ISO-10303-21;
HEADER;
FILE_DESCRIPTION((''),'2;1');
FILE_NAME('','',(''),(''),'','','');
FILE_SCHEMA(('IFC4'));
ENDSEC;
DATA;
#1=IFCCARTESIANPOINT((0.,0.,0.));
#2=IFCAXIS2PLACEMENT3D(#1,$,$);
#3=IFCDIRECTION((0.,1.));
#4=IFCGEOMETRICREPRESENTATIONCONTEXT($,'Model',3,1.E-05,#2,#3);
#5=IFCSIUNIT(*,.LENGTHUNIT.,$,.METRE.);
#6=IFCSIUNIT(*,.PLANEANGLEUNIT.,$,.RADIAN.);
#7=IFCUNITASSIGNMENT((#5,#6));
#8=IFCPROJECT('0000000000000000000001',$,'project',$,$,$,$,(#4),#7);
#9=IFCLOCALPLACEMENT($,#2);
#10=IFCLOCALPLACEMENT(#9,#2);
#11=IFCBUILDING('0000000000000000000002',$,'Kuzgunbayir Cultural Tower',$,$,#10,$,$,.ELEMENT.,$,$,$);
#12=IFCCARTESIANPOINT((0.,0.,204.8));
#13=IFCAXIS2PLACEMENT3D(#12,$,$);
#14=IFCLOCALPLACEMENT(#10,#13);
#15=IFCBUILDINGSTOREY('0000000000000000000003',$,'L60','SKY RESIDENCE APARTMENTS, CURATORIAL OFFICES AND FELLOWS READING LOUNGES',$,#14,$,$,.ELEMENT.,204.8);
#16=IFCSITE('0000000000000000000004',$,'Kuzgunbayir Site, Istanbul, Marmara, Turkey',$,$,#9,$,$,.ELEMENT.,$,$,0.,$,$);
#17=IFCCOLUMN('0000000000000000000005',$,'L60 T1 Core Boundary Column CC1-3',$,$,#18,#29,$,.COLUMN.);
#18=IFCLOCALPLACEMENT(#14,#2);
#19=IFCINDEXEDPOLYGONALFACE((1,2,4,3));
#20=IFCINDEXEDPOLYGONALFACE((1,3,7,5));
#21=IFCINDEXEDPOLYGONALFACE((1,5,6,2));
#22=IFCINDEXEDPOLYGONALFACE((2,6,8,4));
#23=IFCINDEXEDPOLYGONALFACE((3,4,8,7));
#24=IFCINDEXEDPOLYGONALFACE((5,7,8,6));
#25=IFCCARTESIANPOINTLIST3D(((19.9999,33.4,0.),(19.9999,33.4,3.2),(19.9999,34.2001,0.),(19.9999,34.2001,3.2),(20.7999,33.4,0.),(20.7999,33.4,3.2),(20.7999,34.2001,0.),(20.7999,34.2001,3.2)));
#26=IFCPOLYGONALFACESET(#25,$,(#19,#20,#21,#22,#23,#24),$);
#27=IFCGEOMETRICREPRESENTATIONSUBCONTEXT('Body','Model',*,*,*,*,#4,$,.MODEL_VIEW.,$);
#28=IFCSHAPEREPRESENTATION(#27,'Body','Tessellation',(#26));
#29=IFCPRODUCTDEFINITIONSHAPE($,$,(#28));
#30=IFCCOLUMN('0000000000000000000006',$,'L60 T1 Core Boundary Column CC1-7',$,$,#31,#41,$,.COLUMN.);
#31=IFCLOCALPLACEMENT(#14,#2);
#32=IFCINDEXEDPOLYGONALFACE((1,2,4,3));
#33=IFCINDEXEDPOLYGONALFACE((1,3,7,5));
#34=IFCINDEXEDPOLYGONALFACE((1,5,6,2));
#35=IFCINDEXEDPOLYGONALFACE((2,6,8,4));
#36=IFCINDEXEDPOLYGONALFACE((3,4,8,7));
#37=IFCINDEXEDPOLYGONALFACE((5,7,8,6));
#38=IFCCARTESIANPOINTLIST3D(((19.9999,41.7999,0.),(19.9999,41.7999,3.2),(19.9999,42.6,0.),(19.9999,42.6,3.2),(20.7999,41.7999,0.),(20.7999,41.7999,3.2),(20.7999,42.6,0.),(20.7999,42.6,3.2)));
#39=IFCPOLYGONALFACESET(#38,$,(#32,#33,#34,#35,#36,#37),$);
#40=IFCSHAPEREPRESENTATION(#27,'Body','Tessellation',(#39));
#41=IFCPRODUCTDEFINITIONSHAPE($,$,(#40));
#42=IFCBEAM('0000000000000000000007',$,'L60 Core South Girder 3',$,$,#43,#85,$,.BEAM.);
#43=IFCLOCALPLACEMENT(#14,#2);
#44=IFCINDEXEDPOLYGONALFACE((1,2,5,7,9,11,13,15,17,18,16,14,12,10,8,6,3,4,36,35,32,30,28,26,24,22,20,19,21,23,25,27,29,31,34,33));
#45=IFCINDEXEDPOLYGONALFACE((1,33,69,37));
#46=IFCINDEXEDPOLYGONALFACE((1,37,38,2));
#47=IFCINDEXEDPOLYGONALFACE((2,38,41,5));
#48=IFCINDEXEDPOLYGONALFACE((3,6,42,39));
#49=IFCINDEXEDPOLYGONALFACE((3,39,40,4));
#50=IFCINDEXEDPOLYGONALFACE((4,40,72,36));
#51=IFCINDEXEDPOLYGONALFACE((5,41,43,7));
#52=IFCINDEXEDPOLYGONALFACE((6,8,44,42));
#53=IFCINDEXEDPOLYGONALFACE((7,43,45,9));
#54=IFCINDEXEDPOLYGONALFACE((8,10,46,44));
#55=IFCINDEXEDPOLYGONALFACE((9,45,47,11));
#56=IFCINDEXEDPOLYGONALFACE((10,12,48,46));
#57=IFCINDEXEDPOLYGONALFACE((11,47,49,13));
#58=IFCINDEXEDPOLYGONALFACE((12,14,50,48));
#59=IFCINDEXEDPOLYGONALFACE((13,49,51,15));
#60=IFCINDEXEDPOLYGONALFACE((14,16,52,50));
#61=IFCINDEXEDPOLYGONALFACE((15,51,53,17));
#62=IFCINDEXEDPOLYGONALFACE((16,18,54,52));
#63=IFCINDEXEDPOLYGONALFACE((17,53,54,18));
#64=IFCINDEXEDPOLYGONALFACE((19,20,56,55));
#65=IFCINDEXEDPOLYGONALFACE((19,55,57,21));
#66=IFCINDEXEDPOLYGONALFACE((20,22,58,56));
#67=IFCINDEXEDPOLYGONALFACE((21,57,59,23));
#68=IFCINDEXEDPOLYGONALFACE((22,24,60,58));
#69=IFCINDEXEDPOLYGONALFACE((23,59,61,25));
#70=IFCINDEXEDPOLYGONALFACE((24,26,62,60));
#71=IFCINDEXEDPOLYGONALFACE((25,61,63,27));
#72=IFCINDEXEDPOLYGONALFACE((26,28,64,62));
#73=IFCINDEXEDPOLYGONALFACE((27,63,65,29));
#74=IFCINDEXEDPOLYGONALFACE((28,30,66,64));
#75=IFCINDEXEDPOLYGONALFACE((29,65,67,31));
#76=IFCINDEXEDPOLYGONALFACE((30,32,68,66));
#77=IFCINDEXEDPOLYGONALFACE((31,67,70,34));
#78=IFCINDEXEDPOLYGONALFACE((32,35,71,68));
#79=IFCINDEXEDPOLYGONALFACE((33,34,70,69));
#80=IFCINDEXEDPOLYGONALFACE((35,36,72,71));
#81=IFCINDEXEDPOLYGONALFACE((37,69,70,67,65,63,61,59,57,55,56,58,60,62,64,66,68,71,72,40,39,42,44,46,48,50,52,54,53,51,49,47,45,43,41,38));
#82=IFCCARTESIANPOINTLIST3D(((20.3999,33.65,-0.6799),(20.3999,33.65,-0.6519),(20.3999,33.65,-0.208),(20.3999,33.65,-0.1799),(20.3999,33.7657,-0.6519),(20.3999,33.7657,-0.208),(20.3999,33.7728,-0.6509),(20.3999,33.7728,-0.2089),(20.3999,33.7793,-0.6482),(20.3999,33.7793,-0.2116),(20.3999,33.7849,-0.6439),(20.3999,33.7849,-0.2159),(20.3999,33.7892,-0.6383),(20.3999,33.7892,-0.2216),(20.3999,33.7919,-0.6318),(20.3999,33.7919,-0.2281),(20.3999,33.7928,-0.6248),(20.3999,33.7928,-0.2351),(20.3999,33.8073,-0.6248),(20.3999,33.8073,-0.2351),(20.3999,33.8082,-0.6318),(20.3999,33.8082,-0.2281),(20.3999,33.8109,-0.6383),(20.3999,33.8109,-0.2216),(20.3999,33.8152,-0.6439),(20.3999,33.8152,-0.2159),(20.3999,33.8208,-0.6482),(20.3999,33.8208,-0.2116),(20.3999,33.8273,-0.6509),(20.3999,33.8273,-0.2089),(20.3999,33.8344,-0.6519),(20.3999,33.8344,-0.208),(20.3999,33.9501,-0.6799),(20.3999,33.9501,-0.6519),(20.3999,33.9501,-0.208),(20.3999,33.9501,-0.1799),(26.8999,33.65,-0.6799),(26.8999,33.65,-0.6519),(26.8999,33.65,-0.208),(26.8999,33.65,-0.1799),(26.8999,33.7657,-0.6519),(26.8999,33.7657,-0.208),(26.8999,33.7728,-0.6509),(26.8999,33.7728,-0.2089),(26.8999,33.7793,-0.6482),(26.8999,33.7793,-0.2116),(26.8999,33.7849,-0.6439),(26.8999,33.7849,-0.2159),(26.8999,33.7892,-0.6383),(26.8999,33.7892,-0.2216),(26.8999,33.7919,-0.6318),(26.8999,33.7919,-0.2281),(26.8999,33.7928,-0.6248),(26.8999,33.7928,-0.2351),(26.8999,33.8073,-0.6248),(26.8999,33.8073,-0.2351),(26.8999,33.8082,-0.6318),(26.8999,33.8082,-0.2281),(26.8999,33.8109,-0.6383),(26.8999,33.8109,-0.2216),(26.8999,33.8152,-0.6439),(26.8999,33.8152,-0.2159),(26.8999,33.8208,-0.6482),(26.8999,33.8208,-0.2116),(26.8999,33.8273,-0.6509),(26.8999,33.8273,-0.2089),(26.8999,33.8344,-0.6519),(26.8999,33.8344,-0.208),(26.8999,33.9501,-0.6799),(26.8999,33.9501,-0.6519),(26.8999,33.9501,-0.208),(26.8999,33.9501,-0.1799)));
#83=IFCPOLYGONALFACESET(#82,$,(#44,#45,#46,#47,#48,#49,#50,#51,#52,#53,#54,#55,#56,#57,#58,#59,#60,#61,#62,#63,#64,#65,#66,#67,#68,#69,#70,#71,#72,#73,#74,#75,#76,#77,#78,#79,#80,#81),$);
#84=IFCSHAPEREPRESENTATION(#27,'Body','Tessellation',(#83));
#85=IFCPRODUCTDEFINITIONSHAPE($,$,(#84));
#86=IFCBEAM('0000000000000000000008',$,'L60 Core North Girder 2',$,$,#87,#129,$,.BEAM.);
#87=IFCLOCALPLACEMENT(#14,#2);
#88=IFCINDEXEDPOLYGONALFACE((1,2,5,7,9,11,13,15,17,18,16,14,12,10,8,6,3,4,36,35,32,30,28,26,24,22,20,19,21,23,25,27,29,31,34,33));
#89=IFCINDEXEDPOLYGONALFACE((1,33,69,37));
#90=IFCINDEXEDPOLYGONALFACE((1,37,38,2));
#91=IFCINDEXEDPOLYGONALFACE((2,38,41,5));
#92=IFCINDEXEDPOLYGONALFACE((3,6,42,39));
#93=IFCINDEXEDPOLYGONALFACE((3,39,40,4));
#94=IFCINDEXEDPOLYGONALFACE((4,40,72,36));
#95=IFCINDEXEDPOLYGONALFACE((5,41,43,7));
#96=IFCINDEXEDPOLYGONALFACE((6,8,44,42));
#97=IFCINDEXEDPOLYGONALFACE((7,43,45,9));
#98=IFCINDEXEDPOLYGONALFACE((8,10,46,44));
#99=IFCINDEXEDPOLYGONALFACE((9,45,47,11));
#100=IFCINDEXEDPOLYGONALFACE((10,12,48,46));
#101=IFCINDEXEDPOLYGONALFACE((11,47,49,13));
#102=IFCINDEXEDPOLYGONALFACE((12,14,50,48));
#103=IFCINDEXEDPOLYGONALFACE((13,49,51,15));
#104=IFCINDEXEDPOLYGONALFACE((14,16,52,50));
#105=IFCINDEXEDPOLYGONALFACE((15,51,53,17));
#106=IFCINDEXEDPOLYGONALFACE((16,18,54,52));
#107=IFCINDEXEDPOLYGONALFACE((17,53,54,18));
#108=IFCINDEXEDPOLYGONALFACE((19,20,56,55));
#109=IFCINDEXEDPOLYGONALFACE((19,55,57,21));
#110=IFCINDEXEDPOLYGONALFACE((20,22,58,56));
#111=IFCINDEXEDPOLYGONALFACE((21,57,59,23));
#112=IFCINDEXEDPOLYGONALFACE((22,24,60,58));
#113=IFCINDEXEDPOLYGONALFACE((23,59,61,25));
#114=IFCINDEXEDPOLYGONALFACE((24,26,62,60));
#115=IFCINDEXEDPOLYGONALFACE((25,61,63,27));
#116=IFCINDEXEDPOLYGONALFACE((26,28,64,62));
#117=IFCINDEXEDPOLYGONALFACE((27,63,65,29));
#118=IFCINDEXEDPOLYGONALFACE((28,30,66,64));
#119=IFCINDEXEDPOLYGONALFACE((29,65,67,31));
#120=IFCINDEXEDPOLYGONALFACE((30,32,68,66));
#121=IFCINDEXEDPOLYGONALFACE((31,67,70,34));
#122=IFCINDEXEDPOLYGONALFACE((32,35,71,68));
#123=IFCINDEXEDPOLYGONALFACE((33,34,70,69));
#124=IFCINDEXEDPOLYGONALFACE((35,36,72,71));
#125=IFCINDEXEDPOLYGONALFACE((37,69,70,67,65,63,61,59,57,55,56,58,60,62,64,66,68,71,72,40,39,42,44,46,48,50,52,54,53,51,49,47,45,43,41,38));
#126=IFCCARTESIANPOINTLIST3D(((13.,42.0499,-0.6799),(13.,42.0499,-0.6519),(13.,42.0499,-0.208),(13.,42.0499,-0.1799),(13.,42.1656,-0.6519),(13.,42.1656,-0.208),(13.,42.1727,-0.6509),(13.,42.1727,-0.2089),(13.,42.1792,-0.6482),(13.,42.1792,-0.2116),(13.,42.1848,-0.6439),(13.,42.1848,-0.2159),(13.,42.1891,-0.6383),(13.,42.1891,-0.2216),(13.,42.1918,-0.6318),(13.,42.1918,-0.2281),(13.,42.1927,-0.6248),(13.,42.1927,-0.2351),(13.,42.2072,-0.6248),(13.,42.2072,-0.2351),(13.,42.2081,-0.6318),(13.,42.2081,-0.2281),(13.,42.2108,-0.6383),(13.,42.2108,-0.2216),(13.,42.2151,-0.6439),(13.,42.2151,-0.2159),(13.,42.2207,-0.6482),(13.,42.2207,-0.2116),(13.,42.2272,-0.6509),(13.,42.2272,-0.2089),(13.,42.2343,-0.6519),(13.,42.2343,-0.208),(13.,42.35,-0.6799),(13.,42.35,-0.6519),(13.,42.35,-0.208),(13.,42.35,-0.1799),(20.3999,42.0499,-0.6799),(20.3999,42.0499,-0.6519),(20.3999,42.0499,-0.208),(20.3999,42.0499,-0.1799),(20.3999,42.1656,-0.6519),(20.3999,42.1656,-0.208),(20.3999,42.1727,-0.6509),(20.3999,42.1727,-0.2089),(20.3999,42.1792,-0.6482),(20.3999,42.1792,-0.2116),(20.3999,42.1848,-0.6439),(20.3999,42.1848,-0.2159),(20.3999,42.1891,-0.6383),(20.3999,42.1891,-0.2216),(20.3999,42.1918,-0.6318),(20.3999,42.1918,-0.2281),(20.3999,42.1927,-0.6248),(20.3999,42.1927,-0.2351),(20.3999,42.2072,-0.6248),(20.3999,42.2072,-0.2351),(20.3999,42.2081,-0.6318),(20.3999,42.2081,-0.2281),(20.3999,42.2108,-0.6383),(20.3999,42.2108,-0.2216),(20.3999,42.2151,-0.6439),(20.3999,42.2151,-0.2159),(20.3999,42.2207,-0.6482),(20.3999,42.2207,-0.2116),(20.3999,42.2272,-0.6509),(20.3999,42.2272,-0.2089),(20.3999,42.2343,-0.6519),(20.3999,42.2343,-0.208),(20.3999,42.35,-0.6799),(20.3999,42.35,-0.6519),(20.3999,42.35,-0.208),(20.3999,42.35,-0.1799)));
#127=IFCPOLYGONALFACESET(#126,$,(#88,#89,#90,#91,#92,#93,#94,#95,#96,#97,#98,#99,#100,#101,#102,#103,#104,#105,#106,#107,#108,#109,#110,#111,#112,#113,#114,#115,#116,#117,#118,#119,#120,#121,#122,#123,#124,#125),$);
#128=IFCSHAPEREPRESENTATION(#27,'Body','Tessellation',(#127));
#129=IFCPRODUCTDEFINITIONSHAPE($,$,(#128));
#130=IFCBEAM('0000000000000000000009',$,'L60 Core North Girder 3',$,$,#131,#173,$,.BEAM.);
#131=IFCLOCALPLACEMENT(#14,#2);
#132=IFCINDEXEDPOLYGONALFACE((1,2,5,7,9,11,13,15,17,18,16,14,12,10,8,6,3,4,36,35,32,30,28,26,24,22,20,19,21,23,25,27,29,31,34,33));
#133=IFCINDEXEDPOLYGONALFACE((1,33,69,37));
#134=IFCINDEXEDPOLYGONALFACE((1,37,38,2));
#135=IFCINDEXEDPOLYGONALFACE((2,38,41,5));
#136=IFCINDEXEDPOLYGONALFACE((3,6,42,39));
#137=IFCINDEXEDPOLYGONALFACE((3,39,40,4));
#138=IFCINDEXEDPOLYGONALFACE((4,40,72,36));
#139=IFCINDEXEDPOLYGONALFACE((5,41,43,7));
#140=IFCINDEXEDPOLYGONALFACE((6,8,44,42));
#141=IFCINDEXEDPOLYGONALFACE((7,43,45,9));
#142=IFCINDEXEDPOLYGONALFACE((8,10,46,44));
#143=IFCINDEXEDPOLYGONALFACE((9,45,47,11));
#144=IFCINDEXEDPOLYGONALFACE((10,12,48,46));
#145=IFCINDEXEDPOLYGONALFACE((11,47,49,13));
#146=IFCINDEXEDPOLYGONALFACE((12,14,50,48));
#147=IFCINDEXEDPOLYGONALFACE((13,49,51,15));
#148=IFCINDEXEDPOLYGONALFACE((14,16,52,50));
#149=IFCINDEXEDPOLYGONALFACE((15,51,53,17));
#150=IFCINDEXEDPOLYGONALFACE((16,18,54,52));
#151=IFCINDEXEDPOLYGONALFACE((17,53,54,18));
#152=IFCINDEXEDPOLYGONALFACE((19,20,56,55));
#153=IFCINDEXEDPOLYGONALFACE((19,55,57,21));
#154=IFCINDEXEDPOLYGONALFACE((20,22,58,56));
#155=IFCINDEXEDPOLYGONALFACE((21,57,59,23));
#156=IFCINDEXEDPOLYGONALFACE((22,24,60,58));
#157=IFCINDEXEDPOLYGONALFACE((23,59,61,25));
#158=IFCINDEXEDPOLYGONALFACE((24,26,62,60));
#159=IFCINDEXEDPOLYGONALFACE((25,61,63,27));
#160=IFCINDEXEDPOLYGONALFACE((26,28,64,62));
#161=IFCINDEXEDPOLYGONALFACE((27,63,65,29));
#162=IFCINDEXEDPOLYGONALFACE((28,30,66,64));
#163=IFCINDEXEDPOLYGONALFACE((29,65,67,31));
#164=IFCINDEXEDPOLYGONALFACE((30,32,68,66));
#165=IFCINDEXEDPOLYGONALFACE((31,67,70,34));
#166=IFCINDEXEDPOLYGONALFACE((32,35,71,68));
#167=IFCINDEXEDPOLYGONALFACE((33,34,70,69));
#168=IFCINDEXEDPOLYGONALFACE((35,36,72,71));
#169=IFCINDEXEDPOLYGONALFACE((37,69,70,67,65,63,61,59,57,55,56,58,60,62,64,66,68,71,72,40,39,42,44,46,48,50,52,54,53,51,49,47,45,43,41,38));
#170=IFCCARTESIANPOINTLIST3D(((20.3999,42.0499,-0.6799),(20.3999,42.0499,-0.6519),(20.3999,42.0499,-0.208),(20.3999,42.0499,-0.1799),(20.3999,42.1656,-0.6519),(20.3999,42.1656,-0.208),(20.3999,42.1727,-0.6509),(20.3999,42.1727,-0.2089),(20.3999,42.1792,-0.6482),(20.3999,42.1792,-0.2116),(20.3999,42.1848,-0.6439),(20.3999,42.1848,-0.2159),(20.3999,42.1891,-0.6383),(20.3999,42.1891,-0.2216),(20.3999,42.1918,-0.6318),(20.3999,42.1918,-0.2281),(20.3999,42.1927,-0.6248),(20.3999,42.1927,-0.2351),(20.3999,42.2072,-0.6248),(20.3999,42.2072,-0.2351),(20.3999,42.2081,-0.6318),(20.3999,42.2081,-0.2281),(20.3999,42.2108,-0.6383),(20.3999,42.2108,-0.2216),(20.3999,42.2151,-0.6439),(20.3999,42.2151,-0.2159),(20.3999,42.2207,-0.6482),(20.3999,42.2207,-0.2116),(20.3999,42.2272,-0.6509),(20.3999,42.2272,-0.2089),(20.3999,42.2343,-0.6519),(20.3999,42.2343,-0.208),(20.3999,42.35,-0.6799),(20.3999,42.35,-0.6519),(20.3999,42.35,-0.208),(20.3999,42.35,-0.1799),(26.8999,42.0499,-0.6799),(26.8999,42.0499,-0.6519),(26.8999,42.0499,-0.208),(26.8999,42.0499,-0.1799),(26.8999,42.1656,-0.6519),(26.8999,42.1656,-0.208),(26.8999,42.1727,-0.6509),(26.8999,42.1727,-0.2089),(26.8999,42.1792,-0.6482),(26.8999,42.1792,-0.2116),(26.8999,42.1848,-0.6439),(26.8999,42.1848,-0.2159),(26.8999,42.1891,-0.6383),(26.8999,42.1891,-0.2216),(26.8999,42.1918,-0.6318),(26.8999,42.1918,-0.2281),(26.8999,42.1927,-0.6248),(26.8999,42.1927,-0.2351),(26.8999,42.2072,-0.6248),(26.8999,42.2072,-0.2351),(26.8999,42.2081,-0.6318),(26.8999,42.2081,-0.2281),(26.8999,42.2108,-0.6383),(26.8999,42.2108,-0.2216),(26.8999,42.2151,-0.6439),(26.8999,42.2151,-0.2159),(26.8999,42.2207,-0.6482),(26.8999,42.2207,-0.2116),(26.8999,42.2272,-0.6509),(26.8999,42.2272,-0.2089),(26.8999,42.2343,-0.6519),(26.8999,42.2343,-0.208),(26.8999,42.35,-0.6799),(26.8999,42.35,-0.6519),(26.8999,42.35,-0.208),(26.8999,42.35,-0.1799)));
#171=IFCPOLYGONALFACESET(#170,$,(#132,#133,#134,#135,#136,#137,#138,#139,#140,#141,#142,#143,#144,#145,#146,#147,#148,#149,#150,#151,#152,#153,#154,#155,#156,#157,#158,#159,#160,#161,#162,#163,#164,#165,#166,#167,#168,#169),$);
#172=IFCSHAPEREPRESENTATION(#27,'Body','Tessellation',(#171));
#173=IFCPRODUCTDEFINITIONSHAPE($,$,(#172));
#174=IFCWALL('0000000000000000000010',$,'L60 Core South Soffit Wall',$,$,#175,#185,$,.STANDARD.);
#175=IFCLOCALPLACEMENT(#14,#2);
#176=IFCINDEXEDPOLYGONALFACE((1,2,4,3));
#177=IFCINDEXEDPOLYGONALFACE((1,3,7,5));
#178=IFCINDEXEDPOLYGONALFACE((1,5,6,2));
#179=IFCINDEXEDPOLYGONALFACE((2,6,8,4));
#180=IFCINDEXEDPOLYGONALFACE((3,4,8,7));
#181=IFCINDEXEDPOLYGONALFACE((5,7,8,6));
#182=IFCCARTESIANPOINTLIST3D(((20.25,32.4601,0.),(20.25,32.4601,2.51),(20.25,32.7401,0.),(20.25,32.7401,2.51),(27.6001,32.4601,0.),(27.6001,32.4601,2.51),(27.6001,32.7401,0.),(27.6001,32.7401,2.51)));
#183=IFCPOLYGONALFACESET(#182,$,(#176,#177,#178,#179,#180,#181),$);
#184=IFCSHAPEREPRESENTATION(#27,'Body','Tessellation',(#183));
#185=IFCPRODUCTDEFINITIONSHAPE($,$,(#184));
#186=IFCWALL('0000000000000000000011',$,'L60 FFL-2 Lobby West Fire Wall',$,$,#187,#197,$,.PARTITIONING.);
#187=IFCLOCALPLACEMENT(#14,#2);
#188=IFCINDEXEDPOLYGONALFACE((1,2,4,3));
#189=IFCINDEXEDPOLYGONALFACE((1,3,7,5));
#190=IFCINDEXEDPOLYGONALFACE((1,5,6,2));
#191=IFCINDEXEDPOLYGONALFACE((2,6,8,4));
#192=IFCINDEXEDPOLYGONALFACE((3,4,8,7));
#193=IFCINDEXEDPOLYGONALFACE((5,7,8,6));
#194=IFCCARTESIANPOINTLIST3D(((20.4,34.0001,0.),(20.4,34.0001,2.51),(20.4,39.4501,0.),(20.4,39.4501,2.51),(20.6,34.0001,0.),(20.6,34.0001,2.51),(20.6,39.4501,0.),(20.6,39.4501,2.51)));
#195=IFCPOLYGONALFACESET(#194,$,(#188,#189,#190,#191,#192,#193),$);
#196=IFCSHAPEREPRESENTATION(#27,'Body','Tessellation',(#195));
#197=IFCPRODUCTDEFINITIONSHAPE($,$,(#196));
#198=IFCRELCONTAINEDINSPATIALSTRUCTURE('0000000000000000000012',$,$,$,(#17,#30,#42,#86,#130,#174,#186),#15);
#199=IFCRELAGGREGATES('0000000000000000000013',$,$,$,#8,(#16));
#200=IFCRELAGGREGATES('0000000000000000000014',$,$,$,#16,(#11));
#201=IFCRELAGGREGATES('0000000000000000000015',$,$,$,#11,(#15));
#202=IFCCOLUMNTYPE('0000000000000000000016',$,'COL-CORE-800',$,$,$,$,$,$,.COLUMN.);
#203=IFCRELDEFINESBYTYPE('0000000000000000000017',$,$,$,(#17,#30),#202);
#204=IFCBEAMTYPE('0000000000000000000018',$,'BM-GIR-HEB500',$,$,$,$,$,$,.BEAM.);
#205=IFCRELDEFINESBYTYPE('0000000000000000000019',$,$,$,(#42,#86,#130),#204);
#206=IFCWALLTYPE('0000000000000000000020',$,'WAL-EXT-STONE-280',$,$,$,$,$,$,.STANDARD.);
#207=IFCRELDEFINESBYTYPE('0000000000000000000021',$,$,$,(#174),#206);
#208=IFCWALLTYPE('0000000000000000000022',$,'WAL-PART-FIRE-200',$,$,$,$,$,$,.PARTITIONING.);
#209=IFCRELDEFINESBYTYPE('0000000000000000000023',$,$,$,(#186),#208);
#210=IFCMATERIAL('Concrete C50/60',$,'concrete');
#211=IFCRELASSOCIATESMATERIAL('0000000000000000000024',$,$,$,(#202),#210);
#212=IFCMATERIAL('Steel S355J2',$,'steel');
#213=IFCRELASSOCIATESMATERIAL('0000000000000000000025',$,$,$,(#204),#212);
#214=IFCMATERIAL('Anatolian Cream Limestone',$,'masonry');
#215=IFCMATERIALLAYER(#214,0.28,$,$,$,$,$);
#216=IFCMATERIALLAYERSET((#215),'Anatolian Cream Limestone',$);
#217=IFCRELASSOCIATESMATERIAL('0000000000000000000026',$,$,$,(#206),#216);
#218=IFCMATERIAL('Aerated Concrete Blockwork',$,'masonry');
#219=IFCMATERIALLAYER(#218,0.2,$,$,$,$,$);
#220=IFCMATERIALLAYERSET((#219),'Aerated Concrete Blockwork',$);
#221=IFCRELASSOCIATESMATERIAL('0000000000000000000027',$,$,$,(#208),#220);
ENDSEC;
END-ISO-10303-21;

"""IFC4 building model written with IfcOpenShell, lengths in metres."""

from ifc_helpers import new_model, si_unit, direction, frame, frame_2d, origin, origin_2d, place, context, subcontext, project, spatial, rectangle, i_section, extrude, material, layer, layer_set, material_profile, profile_set, type_object, element, save


model = new_model("IFC4")

# Units and contexts
model_context = context("Model", 3, precision=1e-05, world=origin(), true_north=direction((0.0, 1.0)))
body_context = subcontext(model_context, "Body", "Model", "MODEL_VIEW")
ifc_project = project(units=[si_unit("LENGTHUNIT", "METRE"), si_unit("PLANEANGLEUNIT", "RADIAN")], contexts=[model_context])

# Site, building, storey
site_placement = place(None, origin())
site = spatial("IfcSite", under=ifc_project, at=site_placement, Name="Kuzgunbayir Site, Istanbul, Marmara, Turkey", CompositionType="ELEMENT", RefElevation=0.0)
building_placement = place(site_placement, origin())
building = spatial("IfcBuilding", under=site, at=building_placement, Name="Kuzgunbayir Cultural Tower", CompositionType="ELEMENT")
storey_placement = place(building_placement, frame((0.0, 0.0, 204.8)))
storey = spatial("IfcBuildingStorey", under=building, at=storey_placement, Name="L60", Description="SKY RESIDENCE APARTMENTS, CURATORIAL OFFICES AND FELLOWS READING LOUNGES", CompositionType="ELEMENT", Elevation=204.8)

# Columns
ifc_material_1 = material(Name="Concrete C50/60", Category="concrete")
ifc_material_profile_1 = material_profile(ifc_material_1, rectangle(XDim=0.8, YDim=0.8, at=origin_2d()), Name="RC 800x800")
ifc_profile_set_1 = profile_set([ifc_material_profile_1], Name="Concrete C50/60")
column_type = type_object("IfcColumnType", Name="COL-CORE-800", PredefinedType="COLUMN", material=ifc_profile_set_1)
for number, where, z_axis, x_axis, name in (
    (1, (20.3999, 33.8, 0.0), (0.0, 0.0, 1.0), (1.0, 0.0, 0.0), "L60 T1 Core Boundary Column CC1-3"),
    (2, (20.3999, 42.2, 0.0), (0.0, 0.0, 1.0), (1.0, 0.0, 0.0), "L60 T1 Core Boundary Column CC1-7"),
):
    element("IfcColumn", number, at=place(storey_placement, frame(where, z_axis=z_axis, x_axis=x_axis)), inside=storey, type_object=column_type, Name=name, PredefinedType="COLUMN", context=body_context, shape_type="SweptSolid", body=[
        extrude(rectangle(XDim=0.8, YDim=0.8, at=origin_2d()), origin(), (0.0, 0.0, 1.0), 3.2),
    ])

# Beams
ifc_material_2 = material(Name="Steel S355J2", Category="steel")
ifc_material_profile_2 = material_profile(ifc_material_2, i_section(OverallWidth=0.3, OverallDepth=0.5, WebThickness=0.0144, FlangeThickness=0.0281, FilletRadius=0.0271, at=origin_2d()), Name="HEB 500")
ifc_profile_set_2 = profile_set([ifc_material_profile_2], Name="Steel S355J2")
beam_type = type_object("IfcBeamType", Name="BM-GIR-HEB500", PredefinedType="BEAM", material=ifc_profile_set_2)
beam_1_placement = place(storey_placement, frame((20.3999, 33.8, -0.4299), z_axis=(1.0, 0.0, 0.0), x_axis=(0.0, 1.0, 0.0)))
element("IfcBeam", 3, at=beam_1_placement, inside=storey, type_object=beam_type, Name="L60 Core South Girder 3", PredefinedType="BEAM", context=body_context, shape_type="SweptSolid", body=[
    extrude(i_section(OverallWidth=0.3, OverallDepth=0.5, WebThickness=0.0144, FlangeThickness=0.0281, FilletRadius=0.0271, at=origin_2d()), origin(), (0.0, 0.0, 1.0), 6.5),
])
beam_2_placement = place(storey_placement, frame((13.0, 42.2, -0.4299), z_axis=(1.0, 0.0, 0.0), x_axis=(0.0, 1.0, 0.0)))
element("IfcBeam", 4, at=beam_2_placement, inside=storey, type_object=beam_type, Name="L60 Core North Girder 2", PredefinedType="BEAM", context=body_context, shape_type="SweptSolid", body=[
    extrude(i_section(OverallWidth=0.3, OverallDepth=0.5, WebThickness=0.0144, FlangeThickness=0.0281, FilletRadius=0.0271, at=origin_2d()), origin(), (0.0, 0.0, 1.0), 7.3999),
])
beam_3_placement = place(storey_placement, frame((20.3999, 42.2, -0.4299), z_axis=(1.0, 0.0, 0.0), x_axis=(0.0, 1.0, 0.0)))
element("IfcBeam", 5, at=beam_3_placement, inside=storey, type_object=beam_type, Name="L60 Core North Girder 3", PredefinedType="BEAM", context=body_context, shape_type="SweptSolid", body=[
    extrude(i_section(OverallWidth=0.3, OverallDepth=0.5, WebThickness=0.0144, FlangeThickness=0.0281, FilletRadius=0.0271, at=origin_2d()), origin(), (0.0, 0.0, 1.0), 6.5),
])

# Wall
ifc_material_3 = material(Name="Anatolian Cream Limestone", Category="masonry")
ifc_layer_1 = layer(ifc_material_3, 0.28)
ifc_layer_set_1 = layer_set([ifc_layer_1], Name="Anatolian Cream Limestone")
wall_type_1 = type_object("IfcWallType", Name="WAL-EXT-STONE-280", PredefinedType="STANDARD", material=ifc_layer_set_1)
wall_1_placement = place(storey_placement, frame((20.25, 32.6001, 0.0), z_axis=(0.0, 0.0, 1.0), x_axis=(1.0, 0.0, 0.0)))
element("IfcWall", 6, at=wall_1_placement, inside=storey, type_object=wall_type_1, Name="L60 Core South Soffit Wall", PredefinedType="STANDARD", context=body_context, shape_type="SweptSolid", body=[
    extrude(rectangle(XDim=7.3501, YDim=0.28, at=frame_2d((3.675, 0.0))), origin(), (0.0, 0.0, 1.0), 2.51),
])

# Wall
ifc_material_4 = material(Name="Aerated Concrete Blockwork", Category="masonry")
ifc_layer_2 = layer(ifc_material_4, 0.2)
ifc_layer_set_2 = layer_set([ifc_layer_2], Name="Aerated Concrete Blockwork")
wall_type_2 = type_object("IfcWallType", Name="WAL-PART-FIRE-200", PredefinedType="PARTITIONING", material=ifc_layer_set_2)
wall_2_placement = place(storey_placement, frame((20.5, 34.0, 0.0), z_axis=(0.0, 0.0, 1.0), x_axis=(0.0, 1.0, 0.0)))
element("IfcWall", 7, at=wall_2_placement, inside=storey, type_object=wall_type_2, Name="L60 FFL-2 Lobby West Fire Wall", PredefinedType="PARTITIONING", context=body_context, shape_type="SweptSolid", body=[
    extrude(rectangle(XDim=5.45, YDim=0.2, at=frame_2d((2.7251, 0.0))), origin(), (0.0, 0.0, 1.0), 2.51),
])

save(model, "model.ifc")
